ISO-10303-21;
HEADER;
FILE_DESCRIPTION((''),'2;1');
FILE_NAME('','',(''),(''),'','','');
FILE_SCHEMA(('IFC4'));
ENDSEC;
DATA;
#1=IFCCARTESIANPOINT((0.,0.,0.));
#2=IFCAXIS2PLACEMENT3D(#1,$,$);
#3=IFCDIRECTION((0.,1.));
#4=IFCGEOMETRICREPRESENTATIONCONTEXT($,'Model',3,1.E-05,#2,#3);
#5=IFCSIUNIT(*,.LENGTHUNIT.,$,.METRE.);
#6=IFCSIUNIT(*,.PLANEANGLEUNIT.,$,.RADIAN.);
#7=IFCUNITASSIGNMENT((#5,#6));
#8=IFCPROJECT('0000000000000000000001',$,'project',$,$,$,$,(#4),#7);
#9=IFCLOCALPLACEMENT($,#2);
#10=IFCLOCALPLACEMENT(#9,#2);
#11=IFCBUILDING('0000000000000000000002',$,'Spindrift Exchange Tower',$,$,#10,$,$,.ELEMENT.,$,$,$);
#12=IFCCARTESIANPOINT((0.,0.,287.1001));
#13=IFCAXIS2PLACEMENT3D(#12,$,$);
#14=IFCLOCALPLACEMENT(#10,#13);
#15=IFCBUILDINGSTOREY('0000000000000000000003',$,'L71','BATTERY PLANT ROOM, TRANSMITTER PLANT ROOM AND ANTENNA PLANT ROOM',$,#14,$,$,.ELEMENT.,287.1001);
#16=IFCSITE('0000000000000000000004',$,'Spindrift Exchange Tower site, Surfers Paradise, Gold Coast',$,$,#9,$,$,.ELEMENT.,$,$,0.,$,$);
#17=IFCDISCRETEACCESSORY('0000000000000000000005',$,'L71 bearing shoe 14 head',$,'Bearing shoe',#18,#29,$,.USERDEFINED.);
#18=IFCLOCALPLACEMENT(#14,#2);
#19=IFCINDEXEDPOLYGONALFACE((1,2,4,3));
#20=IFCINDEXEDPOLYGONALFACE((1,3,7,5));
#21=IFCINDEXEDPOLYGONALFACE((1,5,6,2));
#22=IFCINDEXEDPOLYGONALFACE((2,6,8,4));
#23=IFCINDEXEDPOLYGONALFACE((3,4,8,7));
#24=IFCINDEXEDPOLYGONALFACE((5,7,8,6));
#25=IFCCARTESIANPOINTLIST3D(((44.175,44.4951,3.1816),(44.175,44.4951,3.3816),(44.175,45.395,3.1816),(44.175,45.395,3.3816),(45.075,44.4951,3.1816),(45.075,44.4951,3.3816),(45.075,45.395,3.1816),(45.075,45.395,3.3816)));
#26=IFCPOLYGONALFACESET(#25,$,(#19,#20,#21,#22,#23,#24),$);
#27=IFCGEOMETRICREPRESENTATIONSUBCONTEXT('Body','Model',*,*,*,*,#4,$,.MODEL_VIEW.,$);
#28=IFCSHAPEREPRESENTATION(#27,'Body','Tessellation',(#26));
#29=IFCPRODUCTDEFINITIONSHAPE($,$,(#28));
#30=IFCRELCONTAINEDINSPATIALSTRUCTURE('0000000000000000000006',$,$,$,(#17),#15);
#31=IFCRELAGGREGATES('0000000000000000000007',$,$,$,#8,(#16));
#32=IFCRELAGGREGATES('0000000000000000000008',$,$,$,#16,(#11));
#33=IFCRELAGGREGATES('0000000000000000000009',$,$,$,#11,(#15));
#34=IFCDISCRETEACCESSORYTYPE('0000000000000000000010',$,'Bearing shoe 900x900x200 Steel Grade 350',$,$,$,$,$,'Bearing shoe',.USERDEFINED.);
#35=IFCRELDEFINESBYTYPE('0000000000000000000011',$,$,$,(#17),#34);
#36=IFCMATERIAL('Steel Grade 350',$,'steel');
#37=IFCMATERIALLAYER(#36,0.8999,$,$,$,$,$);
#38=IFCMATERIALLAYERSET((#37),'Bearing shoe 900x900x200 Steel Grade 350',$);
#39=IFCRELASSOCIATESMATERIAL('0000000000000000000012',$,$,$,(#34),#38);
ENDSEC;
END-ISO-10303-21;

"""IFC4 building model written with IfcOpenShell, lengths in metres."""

from ifc_helpers import new_model, si_unit, direction, frame, origin, origin_2d, place, context, subcontext, project, spatial, rectangle, extrude, source, transform, mapped, material, layer, layer_set, type_object, element, save


model = new_model("IFC4")

# Units and contexts
model_context = context("Model", 3, precision=1e-05, world=origin(), true_north=direction((0.0, 1.0)))
body_context = subcontext(model_context, "Body", "Model", "MODEL_VIEW")
ifc_project = project(units=[si_unit("LENGTHUNIT", "METRE"), si_unit("PLANEANGLEUNIT", "RADIAN")], contexts=[model_context])

# Site, building, storey
site_placement = place(None, origin())
site = spatial("IfcSite", under=ifc_project, at=site_placement, Name="Spindrift Exchange Tower site, Surfers Paradise, Gold Coast", CompositionType="ELEMENT", RefElevation=0.0)
building_placement = place(site_placement, origin())
building = spatial("IfcBuilding", under=site, at=building_placement, Name="Spindrift Exchange Tower", CompositionType="ELEMENT")
storey_placement = place(building_placement, frame((0.0, 0.0, 287.1001)))
storey = spatial("IfcBuildingStorey", under=building, at=storey_placement, Name="L71", Description="BATTERY PLANT ROOM, TRANSMITTER PLANT ROOM AND ANTENNA PLANT ROOM", CompositionType="ELEMENT", Elevation=287.1001)

# Discrete accessory
ifc_material_1 = material(Name="Steel Grade 350", Category="steel")
ifc_layer_1 = layer(ifc_material_1, 0.8999)
ifc_layer_set_1 = layer_set([ifc_layer_1], Name="Bearing shoe 900x900x200 Steel Grade 350")
discrete_accessory_type = type_object("IfcDiscreteAccessoryType", Name="Bearing shoe 900x900x200 Steel Grade 350", ElementType="Bearing shoe", PredefinedType="USERDEFINED", material=ifc_layer_set_1)
shared_shape_1 = source(origin(), body_context, "Body", "SweptSolid", [
    extrude(rectangle(XDim=0.8999, YDim=0.8999, at=origin_2d()), origin(), (0.0, 0.0, 1.0), 0.2),
])
for number, where, z_axis, x_axis, name in (
    (1, (44.625, 44.9451, 3.1816), (0.0, 0.0, 1.0), (1.0, 0.0, 0.0), "L71 bearing shoe 14 head"),
):
    element("IfcDiscreteAccessory", number, at=place(storey_placement, frame(where, z_axis=z_axis, x_axis=x_axis)), inside=storey, type_object=discrete_accessory_type, Name=name, ObjectType="Bearing shoe", PredefinedType="USERDEFINED", context=body_context, shape_type="MappedRepresentation", body=[
        mapped(shared_shape_1, transform((0.0, 0.0, 0.0), scale=1.0)),
    ])

save(model, "model.ifc")
